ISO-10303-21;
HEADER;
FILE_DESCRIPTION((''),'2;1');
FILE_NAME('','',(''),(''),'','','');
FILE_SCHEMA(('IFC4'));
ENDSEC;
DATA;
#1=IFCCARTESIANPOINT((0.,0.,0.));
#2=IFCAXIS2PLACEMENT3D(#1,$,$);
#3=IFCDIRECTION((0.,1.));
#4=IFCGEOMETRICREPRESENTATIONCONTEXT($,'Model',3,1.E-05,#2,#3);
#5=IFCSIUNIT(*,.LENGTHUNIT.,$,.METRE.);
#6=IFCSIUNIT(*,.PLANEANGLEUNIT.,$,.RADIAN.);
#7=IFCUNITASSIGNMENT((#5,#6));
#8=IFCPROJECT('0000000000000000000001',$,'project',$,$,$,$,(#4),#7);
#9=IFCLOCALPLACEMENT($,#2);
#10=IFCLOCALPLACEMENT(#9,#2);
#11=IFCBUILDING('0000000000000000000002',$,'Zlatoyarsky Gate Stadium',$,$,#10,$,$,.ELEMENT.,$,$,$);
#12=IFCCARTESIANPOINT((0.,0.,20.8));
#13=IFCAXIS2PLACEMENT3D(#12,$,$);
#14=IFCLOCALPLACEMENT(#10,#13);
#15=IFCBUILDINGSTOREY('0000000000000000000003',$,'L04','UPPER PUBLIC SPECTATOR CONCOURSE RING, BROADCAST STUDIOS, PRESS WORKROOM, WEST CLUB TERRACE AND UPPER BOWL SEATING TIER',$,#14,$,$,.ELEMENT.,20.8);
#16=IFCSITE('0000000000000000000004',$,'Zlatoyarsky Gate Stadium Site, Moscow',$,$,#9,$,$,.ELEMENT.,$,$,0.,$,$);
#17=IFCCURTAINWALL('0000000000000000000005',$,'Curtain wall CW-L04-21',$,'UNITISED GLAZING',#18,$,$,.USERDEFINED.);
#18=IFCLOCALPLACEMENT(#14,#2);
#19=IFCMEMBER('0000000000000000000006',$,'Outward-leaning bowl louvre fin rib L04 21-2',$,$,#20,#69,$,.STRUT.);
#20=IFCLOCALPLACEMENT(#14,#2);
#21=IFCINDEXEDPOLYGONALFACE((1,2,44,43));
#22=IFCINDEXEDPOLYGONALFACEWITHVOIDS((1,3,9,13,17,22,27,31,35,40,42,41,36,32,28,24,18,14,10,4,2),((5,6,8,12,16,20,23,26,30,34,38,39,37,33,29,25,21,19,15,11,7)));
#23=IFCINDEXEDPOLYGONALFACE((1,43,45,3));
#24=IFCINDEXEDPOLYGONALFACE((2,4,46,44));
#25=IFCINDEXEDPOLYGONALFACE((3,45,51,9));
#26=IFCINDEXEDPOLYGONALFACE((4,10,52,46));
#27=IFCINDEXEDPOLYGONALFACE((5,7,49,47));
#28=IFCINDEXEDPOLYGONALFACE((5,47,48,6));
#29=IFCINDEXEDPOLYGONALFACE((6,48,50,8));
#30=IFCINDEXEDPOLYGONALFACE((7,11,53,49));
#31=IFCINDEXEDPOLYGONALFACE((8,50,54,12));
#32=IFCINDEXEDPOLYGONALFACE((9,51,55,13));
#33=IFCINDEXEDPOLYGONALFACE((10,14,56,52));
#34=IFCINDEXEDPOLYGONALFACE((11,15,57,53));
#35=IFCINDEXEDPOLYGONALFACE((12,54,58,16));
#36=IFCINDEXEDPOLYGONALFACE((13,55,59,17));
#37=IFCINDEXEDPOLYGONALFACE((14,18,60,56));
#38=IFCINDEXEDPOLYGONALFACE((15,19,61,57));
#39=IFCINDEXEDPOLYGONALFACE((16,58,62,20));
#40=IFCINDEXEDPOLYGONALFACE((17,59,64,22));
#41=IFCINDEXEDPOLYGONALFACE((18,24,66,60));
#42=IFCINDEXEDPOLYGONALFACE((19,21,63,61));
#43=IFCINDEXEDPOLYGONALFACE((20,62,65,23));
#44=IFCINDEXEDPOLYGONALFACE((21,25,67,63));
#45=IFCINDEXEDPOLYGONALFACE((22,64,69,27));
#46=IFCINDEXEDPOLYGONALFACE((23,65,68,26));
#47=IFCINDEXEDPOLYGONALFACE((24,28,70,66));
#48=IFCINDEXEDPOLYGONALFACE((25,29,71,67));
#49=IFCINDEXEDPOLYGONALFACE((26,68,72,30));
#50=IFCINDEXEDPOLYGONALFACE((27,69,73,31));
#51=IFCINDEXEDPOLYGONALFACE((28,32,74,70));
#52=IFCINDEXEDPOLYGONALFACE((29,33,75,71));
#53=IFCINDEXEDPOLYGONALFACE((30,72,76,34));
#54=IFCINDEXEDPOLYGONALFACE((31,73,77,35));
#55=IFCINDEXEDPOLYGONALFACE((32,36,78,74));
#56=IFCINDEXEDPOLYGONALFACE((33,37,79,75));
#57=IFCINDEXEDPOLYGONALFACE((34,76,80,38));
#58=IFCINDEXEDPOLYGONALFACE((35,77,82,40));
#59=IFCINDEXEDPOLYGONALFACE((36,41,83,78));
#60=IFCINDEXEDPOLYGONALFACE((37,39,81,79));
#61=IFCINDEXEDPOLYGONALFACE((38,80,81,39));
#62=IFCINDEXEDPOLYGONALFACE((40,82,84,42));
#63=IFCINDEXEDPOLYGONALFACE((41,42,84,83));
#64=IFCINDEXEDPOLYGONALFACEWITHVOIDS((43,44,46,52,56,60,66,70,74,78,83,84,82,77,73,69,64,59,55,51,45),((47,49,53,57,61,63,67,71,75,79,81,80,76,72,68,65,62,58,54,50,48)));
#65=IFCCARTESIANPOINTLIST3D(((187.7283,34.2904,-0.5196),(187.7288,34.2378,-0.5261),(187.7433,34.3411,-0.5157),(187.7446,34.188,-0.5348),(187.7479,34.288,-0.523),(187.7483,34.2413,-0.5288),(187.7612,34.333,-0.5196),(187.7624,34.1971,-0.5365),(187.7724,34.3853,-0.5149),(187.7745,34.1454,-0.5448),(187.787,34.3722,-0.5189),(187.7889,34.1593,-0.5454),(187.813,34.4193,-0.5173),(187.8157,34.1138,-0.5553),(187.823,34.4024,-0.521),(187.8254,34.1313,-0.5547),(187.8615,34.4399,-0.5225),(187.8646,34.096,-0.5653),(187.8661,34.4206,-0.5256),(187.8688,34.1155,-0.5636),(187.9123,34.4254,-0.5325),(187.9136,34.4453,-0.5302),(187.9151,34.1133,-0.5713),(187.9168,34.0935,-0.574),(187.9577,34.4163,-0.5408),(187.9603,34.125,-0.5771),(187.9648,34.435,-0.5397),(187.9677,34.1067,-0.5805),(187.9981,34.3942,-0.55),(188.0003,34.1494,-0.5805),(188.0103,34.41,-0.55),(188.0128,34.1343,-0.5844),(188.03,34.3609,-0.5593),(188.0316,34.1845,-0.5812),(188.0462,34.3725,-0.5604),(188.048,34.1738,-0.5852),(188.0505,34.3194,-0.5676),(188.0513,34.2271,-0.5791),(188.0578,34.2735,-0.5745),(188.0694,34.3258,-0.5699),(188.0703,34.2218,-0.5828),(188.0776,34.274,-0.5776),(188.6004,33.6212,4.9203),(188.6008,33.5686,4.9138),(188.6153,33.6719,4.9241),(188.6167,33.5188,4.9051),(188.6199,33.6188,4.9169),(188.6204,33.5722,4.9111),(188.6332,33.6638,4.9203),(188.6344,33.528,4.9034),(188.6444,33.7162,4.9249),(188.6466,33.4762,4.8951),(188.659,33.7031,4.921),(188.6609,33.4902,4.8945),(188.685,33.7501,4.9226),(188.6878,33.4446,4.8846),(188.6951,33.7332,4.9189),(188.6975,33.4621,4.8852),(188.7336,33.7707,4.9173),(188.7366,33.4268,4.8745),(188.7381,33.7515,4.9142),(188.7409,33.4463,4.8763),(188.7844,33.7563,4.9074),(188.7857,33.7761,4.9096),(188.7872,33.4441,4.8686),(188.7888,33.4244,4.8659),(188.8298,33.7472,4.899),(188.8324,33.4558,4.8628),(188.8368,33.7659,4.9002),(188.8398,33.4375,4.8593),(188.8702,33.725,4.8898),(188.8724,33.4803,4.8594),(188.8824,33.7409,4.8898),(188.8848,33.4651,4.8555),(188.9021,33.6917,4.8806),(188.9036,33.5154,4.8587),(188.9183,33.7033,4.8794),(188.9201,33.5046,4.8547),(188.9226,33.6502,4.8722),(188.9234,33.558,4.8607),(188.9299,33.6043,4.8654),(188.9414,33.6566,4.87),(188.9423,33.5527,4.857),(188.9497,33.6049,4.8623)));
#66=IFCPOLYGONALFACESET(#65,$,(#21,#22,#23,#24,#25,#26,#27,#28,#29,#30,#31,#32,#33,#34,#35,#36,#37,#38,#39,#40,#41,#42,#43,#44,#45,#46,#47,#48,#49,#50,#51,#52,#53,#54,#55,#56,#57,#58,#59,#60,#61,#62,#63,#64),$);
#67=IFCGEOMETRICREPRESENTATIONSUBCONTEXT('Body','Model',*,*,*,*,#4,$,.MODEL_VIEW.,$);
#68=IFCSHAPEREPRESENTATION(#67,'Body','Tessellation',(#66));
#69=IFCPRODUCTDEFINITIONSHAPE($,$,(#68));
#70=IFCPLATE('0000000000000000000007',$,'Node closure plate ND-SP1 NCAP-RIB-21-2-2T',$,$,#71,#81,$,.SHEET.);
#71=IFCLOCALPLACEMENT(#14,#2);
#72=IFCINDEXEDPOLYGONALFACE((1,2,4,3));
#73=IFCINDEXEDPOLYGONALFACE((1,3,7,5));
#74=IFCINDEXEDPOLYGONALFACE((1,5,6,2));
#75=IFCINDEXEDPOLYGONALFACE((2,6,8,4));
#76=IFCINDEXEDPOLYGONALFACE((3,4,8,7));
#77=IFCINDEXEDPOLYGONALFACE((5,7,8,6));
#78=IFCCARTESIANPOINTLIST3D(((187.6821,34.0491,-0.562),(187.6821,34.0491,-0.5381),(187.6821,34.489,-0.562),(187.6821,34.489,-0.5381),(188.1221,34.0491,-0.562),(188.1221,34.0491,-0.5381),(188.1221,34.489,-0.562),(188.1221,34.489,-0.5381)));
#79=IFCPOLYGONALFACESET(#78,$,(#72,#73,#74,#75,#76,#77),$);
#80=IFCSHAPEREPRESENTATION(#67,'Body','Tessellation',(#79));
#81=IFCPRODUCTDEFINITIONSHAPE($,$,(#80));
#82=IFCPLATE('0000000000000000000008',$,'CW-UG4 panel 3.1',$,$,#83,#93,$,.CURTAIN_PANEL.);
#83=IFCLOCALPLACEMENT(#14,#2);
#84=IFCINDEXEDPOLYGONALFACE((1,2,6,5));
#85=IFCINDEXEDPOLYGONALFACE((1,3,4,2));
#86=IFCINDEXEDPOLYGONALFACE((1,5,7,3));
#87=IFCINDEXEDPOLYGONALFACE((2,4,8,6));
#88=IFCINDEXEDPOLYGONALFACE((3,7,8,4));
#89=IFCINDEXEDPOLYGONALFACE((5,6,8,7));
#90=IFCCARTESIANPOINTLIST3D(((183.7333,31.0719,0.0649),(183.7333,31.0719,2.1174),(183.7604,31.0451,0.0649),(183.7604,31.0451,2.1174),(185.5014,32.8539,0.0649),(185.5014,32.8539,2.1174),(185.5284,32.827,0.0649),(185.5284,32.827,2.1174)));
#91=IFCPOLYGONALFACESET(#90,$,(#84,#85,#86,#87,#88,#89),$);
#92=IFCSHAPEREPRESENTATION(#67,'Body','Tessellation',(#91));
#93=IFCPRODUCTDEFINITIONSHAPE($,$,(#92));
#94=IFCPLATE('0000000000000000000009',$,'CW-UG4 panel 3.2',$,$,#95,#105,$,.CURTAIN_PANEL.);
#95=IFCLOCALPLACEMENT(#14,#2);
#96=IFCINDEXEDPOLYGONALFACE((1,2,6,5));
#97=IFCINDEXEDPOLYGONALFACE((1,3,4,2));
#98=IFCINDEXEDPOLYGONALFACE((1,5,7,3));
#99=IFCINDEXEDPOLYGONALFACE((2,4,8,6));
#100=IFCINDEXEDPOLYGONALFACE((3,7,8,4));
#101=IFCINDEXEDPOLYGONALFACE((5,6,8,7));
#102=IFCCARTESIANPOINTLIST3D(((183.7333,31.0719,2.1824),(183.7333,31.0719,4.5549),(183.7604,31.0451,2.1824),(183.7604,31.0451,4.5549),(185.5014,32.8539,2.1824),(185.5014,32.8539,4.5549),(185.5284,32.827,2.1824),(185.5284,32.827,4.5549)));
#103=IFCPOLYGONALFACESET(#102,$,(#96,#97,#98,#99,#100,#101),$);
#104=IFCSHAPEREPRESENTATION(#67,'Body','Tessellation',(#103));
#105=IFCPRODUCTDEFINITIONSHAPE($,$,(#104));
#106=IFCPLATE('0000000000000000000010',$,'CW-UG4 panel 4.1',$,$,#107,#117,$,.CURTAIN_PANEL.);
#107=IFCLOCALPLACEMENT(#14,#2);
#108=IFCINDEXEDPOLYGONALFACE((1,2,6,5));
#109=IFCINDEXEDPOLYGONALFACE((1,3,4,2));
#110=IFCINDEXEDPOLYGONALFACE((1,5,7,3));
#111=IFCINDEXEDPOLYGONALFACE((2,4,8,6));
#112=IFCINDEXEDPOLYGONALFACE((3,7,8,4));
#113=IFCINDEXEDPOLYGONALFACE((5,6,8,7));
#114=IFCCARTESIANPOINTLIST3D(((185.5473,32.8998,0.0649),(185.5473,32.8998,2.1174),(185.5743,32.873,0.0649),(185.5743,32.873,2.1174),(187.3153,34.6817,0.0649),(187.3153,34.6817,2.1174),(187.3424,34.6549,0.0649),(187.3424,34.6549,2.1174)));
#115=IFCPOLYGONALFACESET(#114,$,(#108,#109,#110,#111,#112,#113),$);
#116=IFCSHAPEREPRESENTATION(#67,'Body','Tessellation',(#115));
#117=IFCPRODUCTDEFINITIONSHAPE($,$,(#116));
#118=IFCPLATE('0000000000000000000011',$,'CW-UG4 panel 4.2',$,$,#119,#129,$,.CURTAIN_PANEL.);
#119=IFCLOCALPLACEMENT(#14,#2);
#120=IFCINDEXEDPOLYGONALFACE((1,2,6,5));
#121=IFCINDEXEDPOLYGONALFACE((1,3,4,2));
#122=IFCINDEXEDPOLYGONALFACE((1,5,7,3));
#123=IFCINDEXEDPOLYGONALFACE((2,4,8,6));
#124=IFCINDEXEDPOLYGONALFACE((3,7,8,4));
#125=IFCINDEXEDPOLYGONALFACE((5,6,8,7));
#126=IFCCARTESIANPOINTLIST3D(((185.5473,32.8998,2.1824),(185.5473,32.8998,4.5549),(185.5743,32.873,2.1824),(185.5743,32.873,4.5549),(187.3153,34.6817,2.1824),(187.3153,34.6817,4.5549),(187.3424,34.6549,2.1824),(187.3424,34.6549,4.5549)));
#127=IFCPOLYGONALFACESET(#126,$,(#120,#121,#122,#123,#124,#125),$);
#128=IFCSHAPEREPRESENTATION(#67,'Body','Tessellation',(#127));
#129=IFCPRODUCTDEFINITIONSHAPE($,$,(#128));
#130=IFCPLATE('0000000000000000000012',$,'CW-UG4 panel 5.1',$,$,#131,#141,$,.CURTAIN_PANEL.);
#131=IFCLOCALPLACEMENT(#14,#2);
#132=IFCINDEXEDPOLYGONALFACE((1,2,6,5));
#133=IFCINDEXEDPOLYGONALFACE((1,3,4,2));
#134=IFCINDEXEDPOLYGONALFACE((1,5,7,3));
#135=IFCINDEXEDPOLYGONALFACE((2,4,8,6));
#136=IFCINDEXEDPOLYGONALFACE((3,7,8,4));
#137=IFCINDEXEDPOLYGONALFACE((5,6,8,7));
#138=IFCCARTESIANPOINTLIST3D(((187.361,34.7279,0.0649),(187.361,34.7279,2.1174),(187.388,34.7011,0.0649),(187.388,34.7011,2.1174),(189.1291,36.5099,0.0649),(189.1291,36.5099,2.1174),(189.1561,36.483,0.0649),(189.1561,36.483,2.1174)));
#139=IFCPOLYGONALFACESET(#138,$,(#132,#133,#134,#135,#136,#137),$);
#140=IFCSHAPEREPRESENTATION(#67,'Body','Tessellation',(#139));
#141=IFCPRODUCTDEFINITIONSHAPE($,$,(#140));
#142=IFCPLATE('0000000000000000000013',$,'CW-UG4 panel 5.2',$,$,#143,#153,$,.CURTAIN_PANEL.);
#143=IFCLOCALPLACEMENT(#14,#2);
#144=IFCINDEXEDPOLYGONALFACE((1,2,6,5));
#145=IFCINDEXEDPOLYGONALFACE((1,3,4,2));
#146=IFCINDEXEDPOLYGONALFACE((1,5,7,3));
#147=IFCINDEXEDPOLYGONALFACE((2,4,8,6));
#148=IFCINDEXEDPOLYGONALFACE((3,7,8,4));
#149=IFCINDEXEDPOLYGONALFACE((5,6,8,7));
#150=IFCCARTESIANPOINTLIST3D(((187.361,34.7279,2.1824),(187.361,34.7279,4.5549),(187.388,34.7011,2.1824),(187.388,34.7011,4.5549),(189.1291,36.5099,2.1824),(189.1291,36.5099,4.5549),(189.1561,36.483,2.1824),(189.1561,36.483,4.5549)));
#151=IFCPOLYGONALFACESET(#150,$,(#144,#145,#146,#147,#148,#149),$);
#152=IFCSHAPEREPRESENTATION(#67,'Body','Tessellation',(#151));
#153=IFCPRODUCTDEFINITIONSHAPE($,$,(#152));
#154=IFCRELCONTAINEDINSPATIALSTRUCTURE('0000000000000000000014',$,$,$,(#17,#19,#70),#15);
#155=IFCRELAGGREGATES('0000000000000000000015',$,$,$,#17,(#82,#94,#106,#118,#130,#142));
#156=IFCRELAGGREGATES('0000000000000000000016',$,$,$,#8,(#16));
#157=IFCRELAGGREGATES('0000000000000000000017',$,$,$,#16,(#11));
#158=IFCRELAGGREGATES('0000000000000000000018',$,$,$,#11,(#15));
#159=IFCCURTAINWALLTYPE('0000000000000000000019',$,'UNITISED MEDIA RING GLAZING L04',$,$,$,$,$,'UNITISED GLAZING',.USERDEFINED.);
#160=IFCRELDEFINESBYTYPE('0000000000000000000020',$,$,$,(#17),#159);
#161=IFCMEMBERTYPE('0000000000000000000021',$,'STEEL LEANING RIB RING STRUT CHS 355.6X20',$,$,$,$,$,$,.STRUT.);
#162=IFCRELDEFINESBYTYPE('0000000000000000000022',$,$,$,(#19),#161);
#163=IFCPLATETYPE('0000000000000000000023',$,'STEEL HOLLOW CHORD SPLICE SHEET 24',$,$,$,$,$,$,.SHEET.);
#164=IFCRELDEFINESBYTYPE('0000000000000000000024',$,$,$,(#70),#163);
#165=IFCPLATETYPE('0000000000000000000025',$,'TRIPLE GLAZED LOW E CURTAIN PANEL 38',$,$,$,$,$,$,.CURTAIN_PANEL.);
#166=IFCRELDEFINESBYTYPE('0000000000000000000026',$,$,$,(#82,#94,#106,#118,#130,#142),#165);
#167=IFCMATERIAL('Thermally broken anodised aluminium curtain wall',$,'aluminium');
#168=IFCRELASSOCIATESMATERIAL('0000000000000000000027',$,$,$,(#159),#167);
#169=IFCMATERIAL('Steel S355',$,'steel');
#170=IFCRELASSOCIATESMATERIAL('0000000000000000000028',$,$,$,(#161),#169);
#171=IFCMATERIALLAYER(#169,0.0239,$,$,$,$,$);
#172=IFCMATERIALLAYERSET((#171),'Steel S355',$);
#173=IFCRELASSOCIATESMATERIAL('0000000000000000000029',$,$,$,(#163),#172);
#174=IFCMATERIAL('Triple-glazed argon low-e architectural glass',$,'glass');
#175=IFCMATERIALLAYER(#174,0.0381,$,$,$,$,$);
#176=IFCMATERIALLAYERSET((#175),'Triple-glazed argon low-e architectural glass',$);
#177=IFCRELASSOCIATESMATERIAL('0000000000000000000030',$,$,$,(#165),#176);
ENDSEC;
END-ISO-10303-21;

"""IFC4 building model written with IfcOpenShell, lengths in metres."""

from ifc_helpers import new_model, si_unit, direction, frame, origin, origin_2d, place, context, subcontext, project, spatial, rectangle, hollow_circle, extrude, material, layer, layer_set, material_profile, profile_set, type_object, element, aggregate, save


model = new_model("IFC4")

# Units and contexts
model_context = context("Model", 3, precision=1e-05, world=origin(), true_north=direction((0.0, 1.0)))
body_context = subcontext(model_context, "Body", "Model", "MODEL_VIEW")
ifc_project = project(units=[si_unit("LENGTHUNIT", "METRE"), si_unit("PLANEANGLEUNIT", "RADIAN")], contexts=[model_context])

# Site, building, storey
site_placement = place(None, origin())
site = spatial("IfcSite", under=ifc_project, at=site_placement, Name="Zlatoyarsky Gate Stadium Site, Moscow", CompositionType="ELEMENT", RefElevation=0.0)
building_placement = place(site_placement, origin())
building = spatial("IfcBuilding", under=site, at=building_placement, Name="Zlatoyarsky Gate Stadium", CompositionType="ELEMENT")
storey_placement = place(building_placement, frame((0.0, 0.0, 20.8)))
storey = spatial("IfcBuildingStorey", under=building, at=storey_placement, Name="L04", Description="UPPER PUBLIC SPECTATOR CONCOURSE RING, BROADCAST STUDIOS, PRESS WORKROOM, WEST CLUB TERRACE AND UPPER BOWL SEATING TIER", CompositionType="ELEMENT", Elevation=20.8)

# Curtain wall
ifc_material_1 = material(Name="Thermally broken anodised aluminium curtain wall", Category="aluminium")
curtain_wall_type = type_object("IfcCurtainWallType", Name="UNITISED MEDIA RING GLAZING L04", ElementType="UNITISED GLAZING", PredefinedType="USERDEFINED", material=ifc_material_1)
curtain_wall_placement = place(storey_placement, origin())
curtain_wall = element("IfcCurtainWall", 1, at=curtain_wall_placement, inside=storey, type_object=curtain_wall_type, Name="Curtain wall CW-L04-21", ObjectType="UNITISED GLAZING", PredefinedType="USERDEFINED")

# Member
ifc_material_2 = material(Name="Steel S355", Category="steel")
ifc_material_profile_1 = material_profile(ifc_material_2, hollow_circle(Radius=0.1777, WallThickness=0.02, at=origin_2d()), Name="CHS 355.6X20")
ifc_profile_set_1 = profile_set([ifc_material_profile_1], Name="Steel S355")
member_type_1 = type_object("IfcMemberType", Name="STEEL LEANING RIB RING STRUT CHS 355.6X20", PredefinedType="STRUT", material=ifc_profile_set_1)
member_1_placement = place(storey_placement, frame((187.9021, 34.269, -0.55), z_axis=(0.157133, -0.120577, 0.980189), x_axis=(0.608777, 0.793342, 0.0)))
element("IfcMember", 2, at=member_1_placement, inside=storey, type_object=member_type_1, Name="Outward-leaning bowl louvre fin rib L04 21-2", PredefinedType="STRUT", context=body_context, shape_type="SweptSolid", body=[
    extrude(hollow_circle(Radius=0.1777, WallThickness=0.02, at=origin_2d()), origin(), (0.0, 0.0, 1.0), 5.5498),
])

# Plates
ifc_layer_1 = layer(ifc_material_2, 0.0239)
ifc_layer_set_1 = layer_set([ifc_layer_1], Name="Steel S355")
plate_type_1 = type_object("IfcPlateType", Name="STEEL HOLLOW CHORD SPLICE SHEET 24", PredefinedType="SHEET", material=ifc_layer_set_1)
plate_1_placement = place(storey_placement, frame((187.9021, 34.269, -0.562), z_axis=(0.0, 0.0, 1.0), x_axis=(1.0, 0.0, 0.0)))
element("IfcPlate", 3, at=plate_1_placement, inside=storey, type_object=plate_type_1, Name="Node closure plate ND-SP1 NCAP-RIB-21-2-2T", PredefinedType="SHEET", context=body_context, shape_type="SweptSolid", body=[
    extrude(rectangle(XDim=0.4399, YDim=0.4399, at=origin_2d()), origin(), (0.0, 0.0, 1.0), 0.0239),
])
ifc_material_3 = material(Name="Triple-glazed argon low-e architectural glass", Category="glass")
ifc_layer_2 = layer(ifc_material_3, 0.0381)
ifc_layer_set_2 = layer_set([ifc_layer_2], Name="Triple-glazed argon low-e architectural glass")
plate_type_2 = type_object("IfcPlateType", Name="TRIPLE GLAZED LOW E CURTAIN PANEL 38", PredefinedType="CURTAIN_PANEL", material=ifc_layer_set_2)
plate_2_placement = place(storey_placement, frame((184.6309, 31.9495, 0.0649), z_axis=(0.0, 0.0, 1.0), x_axis=(0.704332, 0.709871, 0.0)))
plate_2 = element("IfcPlate", 4, at=plate_2_placement, type_object=plate_type_2, Name="CW-UG4 panel 3.1", PredefinedType="CURTAIN_PANEL", context=body_context, shape_type="SweptSolid", body=[
    extrude(rectangle(XDim=2.5103, YDim=0.0381, at=origin_2d()), origin(), (0.0, 0.0, 1.0), 2.0525),
])
plate_3_placement = place(storey_placement, frame((184.6309, 31.9495, 2.1824), z_axis=(0.0, 0.0, 1.0), x_axis=(0.704332, 0.709871, 0.0)))
plate_3 = element("IfcPlate", 5, at=plate_3_placement, type_object=plate_type_2, Name="CW-UG4 panel 3.2", PredefinedType="CURTAIN_PANEL", context=body_context, shape_type="SweptSolid", body=[
    extrude(rectangle(XDim=2.5103, YDim=0.0381, at=origin_2d()), origin(), (0.0, 0.0, 1.0), 2.3726),
])
plate_4_placement = place(storey_placement, frame((186.4448, 33.7773, 0.0649), z_axis=(0.0, 0.0, 1.0), x_axis=(0.704332, 0.709871, 0.0)))
plate_4 = element("IfcPlate", 6, at=plate_4_placement, type_object=plate_type_2, Name="CW-UG4 panel 4.1", PredefinedType="CURTAIN_PANEL", context=body_context, shape_type="SweptSolid", body=[
    extrude(rectangle(XDim=2.5103, YDim=0.0381, at=origin_2d()), origin(), (0.0, 0.0, 1.0), 2.0525),
])
plate_5_placement = place(storey_placement, frame((186.4448, 33.7773, 2.1824), z_axis=(0.0, 0.0, 1.0), x_axis=(0.704332, 0.709871, 0.0)))
plate_5 = element("IfcPlate", 7, at=plate_5_placement, type_object=plate_type_2, Name="CW-UG4 panel 4.2", PredefinedType="CURTAIN_PANEL", context=body_context, shape_type="SweptSolid", body=[
    extrude(rectangle(XDim=2.5103, YDim=0.0381, at=origin_2d()), origin(), (0.0, 0.0, 1.0), 2.3726),
])
plate_6_placement = place(storey_placement, frame((188.2585, 35.6055, 0.0649), z_axis=(0.0, 0.0, 1.0), x_axis=(0.704332, 0.709871, 0.0)))
plate_6 = element("IfcPlate", 8, at=plate_6_placement, type_object=plate_type_2, Name="CW-UG4 panel 5.1", PredefinedType="CURTAIN_PANEL", context=body_context, shape_type="SweptSolid", body=[
    extrude(rectangle(XDim=2.5103, YDim=0.0381, at=origin_2d()), origin(), (0.0, 0.0, 1.0), 2.0525),
])
plate_7_placement = place(storey_placement, frame((188.2585, 35.6055, 2.1824), z_axis=(0.0, 0.0, 1.0), x_axis=(0.704332, 0.709871, 0.0)))
plate_7 = element("IfcPlate", 9, at=plate_7_placement, type_object=plate_type_2, Name="CW-UG4 panel 5.2", PredefinedType="CURTAIN_PANEL", context=body_context, shape_type="SweptSolid", body=[
    extrude(rectangle(XDim=2.5103, YDim=0.0381, at=origin_2d()), origin(), (0.0, 0.0, 1.0), 2.3726),
])
aggregate(curtain_wall, [plate_2, plate_3, plate_4, plate_5, plate_6, plate_7])

save(model, "model.ifc")
